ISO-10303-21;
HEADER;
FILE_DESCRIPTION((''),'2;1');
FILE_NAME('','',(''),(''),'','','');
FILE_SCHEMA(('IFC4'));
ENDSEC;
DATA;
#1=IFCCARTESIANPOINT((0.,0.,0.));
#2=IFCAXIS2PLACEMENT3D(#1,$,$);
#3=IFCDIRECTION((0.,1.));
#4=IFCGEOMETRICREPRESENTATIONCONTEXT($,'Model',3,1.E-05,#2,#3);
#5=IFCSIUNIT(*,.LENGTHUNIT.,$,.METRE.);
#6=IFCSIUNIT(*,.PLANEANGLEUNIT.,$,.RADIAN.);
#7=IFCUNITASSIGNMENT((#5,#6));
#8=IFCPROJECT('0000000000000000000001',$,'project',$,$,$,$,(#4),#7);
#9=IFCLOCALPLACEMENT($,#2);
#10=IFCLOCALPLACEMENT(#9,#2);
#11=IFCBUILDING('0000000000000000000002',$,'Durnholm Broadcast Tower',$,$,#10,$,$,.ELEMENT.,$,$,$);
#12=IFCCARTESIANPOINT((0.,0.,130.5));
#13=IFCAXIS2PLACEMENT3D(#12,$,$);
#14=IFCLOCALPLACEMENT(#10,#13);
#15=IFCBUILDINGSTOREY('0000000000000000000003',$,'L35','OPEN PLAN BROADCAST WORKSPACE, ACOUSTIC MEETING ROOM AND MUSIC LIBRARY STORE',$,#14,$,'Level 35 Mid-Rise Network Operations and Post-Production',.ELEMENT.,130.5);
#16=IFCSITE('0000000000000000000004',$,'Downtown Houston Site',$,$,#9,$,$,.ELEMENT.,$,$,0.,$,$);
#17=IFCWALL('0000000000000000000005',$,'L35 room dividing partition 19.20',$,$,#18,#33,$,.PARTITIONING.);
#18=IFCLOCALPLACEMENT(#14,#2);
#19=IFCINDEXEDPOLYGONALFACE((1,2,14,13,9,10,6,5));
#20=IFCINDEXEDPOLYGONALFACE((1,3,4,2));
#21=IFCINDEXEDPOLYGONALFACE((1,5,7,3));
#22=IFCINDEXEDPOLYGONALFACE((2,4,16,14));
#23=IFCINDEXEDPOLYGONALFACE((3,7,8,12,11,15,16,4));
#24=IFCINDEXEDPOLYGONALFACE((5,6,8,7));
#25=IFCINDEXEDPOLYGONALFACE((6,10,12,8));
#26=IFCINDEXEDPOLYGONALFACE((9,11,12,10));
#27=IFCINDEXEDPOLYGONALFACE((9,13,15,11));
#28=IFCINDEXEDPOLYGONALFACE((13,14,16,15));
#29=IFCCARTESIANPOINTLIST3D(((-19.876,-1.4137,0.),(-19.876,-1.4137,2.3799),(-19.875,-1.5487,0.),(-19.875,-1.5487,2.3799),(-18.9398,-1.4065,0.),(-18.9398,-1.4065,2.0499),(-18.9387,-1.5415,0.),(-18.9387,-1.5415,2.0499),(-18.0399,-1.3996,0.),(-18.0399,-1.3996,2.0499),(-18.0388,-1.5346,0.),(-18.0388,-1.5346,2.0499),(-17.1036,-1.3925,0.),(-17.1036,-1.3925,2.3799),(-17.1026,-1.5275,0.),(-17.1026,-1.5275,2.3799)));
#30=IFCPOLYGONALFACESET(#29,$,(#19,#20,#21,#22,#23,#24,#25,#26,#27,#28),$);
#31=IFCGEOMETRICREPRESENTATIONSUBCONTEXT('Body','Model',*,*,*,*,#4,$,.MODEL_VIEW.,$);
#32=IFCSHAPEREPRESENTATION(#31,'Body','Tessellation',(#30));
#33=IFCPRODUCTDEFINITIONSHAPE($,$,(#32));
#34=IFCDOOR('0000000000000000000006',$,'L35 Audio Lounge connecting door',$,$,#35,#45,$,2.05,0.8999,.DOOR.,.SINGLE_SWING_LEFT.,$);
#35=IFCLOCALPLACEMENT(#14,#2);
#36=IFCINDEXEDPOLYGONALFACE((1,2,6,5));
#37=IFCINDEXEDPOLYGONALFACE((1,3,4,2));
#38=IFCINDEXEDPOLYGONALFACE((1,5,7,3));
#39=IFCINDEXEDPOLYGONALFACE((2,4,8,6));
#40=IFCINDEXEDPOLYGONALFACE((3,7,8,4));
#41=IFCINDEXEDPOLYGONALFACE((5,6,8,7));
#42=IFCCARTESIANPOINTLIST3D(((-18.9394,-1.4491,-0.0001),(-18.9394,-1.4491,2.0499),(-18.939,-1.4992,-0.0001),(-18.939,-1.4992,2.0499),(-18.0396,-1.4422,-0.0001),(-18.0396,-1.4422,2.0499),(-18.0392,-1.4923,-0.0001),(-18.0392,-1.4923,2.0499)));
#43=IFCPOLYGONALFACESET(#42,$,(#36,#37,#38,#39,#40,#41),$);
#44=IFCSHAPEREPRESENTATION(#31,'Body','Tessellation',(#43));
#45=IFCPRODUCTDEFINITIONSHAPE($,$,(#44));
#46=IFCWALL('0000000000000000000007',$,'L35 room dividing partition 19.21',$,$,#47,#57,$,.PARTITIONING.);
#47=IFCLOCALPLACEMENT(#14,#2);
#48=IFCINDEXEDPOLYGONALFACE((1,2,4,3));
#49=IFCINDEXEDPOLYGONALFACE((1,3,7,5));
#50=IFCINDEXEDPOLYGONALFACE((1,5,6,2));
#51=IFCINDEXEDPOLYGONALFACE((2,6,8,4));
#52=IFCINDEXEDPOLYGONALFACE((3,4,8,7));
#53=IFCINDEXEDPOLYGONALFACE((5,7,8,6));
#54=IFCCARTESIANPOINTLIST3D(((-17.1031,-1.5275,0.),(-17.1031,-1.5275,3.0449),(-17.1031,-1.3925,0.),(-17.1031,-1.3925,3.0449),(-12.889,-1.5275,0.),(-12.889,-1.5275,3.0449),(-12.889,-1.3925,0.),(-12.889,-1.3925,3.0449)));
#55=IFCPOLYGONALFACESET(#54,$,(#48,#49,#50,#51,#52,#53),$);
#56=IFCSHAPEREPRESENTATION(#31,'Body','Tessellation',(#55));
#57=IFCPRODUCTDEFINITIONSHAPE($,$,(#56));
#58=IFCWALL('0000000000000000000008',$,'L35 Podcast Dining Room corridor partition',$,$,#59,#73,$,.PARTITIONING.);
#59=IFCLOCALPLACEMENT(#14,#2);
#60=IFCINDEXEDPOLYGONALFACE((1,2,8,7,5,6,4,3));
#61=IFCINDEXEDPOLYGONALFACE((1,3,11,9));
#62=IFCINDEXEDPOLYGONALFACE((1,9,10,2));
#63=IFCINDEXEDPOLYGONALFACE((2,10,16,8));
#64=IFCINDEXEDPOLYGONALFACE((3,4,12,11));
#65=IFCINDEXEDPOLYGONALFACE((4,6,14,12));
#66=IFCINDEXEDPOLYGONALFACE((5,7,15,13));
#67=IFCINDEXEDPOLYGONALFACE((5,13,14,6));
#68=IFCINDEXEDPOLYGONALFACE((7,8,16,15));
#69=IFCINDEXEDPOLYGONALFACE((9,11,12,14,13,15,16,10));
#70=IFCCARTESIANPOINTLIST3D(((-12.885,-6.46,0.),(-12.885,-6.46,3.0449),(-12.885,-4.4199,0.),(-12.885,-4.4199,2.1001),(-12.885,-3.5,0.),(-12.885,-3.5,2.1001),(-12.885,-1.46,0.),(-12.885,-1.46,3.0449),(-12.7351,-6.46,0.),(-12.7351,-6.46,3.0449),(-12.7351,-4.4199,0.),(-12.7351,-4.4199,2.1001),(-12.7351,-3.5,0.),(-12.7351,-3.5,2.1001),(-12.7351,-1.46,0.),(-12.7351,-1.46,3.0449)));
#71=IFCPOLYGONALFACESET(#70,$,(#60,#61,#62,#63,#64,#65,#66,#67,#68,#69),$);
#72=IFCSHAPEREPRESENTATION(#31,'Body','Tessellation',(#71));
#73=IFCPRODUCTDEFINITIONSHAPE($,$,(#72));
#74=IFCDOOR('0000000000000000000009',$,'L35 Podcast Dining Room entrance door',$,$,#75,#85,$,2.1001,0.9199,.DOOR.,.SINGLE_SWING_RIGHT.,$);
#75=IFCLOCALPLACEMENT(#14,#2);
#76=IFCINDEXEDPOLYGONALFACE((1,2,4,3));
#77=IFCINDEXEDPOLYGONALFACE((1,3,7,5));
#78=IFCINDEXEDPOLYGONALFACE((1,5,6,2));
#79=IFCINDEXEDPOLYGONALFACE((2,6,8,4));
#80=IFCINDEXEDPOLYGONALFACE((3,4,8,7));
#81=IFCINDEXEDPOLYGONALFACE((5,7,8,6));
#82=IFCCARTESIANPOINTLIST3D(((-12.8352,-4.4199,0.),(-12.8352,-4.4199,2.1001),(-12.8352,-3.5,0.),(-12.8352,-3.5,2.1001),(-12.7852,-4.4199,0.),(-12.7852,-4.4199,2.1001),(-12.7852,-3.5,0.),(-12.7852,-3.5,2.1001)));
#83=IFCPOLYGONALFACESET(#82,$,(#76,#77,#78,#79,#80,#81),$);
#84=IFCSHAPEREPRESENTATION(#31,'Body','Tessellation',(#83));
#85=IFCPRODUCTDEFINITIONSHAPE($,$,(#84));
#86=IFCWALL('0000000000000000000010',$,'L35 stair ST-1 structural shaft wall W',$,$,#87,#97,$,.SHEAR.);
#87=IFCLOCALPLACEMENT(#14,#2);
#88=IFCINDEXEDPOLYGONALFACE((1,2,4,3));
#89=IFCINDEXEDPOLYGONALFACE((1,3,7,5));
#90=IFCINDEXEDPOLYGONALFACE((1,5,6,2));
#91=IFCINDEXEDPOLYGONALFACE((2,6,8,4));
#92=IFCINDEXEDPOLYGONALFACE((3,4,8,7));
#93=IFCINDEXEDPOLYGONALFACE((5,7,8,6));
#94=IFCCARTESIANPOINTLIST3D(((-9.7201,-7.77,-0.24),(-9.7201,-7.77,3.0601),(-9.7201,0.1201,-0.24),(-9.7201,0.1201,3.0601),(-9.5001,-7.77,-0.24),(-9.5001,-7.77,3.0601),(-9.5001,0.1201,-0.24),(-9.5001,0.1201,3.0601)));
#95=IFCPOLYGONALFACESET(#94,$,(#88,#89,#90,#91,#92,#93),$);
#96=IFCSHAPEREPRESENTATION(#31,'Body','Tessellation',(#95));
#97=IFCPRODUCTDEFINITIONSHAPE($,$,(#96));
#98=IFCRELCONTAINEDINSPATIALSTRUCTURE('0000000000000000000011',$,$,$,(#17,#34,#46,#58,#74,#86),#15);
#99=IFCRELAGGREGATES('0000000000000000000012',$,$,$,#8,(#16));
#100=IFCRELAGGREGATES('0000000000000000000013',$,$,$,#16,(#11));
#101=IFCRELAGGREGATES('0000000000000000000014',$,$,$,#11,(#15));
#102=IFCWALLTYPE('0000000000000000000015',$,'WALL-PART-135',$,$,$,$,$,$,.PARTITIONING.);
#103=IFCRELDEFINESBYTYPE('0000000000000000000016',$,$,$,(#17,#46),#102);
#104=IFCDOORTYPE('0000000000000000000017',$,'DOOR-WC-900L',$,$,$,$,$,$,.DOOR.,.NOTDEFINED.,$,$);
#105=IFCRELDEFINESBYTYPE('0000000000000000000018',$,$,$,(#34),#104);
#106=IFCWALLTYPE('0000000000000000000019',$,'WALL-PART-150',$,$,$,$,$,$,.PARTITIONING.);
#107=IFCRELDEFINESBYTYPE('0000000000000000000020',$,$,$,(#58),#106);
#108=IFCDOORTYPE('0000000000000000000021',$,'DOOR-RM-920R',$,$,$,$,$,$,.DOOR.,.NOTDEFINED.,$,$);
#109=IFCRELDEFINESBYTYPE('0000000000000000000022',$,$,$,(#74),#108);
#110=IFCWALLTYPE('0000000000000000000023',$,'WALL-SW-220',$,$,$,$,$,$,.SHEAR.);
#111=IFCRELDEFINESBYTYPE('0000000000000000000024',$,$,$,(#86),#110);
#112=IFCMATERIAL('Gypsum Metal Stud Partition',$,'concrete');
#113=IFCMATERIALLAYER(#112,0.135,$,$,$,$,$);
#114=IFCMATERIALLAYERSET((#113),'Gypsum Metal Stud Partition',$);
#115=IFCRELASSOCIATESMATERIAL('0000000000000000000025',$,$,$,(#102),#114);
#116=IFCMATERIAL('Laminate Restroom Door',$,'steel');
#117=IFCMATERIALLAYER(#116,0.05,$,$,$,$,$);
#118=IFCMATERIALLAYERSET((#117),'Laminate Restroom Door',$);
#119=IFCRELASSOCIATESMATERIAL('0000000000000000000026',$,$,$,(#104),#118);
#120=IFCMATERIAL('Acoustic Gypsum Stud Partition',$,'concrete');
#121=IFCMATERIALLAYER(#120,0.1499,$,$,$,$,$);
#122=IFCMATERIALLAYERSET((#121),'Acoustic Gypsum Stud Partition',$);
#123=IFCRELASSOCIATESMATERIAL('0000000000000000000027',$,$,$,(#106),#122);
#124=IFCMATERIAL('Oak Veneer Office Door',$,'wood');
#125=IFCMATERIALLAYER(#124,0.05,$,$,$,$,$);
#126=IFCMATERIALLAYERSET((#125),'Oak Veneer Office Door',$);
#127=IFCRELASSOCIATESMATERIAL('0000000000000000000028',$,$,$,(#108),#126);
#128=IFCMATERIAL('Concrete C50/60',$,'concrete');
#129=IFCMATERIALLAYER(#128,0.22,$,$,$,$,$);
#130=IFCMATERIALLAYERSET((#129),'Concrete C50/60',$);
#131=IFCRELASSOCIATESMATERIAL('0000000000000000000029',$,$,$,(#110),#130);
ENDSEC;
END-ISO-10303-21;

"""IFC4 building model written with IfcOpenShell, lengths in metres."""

from ifc_helpers import new_model, si_unit, direction, frame, frame_2d, origin, place, context, subcontext, project, spatial, rectangle, extrude, source, transform, mapped, material, layer, layer_set, type_object, type_shapes, element, fill, save


model = new_model("IFC4")

# Units and contexts
model_context = context("Model", 3, precision=1e-05, world=origin(), true_north=direction((0.0, 1.0)))
body_context = subcontext(model_context, "Body", "Model", "MODEL_VIEW")
ifc_project = project(units=[si_unit("LENGTHUNIT", "METRE"), si_unit("PLANEANGLEUNIT", "RADIAN")], contexts=[model_context])

# Site, building, storey
site_placement = place(None, origin())
site = spatial("IfcSite", under=ifc_project, at=site_placement, Name="Downtown Houston Site", CompositionType="ELEMENT", RefElevation=0.0)
building_placement = place(site_placement, origin())
building = spatial("IfcBuilding", under=site, at=building_placement, Name="Durnholm Broadcast Tower", CompositionType="ELEMENT")
storey_placement = place(building_placement, frame((0.0, 0.0, 130.5)))
storey = spatial("IfcBuildingStorey", under=building, at=storey_placement, Name="L35", Description="OPEN PLAN BROADCAST WORKSPACE, ACOUSTIC MEETING ROOM AND MUSIC LIBRARY STORE", LongName="Level 35 Mid-Rise Network Operations and Post-Production", CompositionType="ELEMENT", Elevation=130.5)

# Shared definitions
ifc_material_1 = material(Name="Gypsum Metal Stud Partition", Category="concrete")
ifc_layer_1 = layer(ifc_material_1, 0.135)
ifc_layer_set_1 = layer_set([ifc_layer_1], Name="Gypsum Metal Stud Partition")
wall_type_1 = type_object("IfcWallType", Name="WALL-PART-135", PredefinedType="PARTITIONING", material=ifc_layer_set_1)

# Wall, opening, door
wall_1_placement = place(storey_placement, frame((-19.8755, -1.4812, 0.0), z_axis=(0.0, 0.0, 1.0), x_axis=(0.999971, 0.007661, 0.0)))
wall_1 = element("IfcWall", 1, at=wall_1_placement, inside=storey, type_object=wall_type_1, Name="L35 room dividing partition 19.20", PredefinedType="PARTITIONING", context=body_context, shape_type="SweptSolid", body=[
    extrude(rectangle(XDim=2.7725, YDim=0.135, at=frame_2d((1.3862, 0.0))), origin(), (0.0, 0.0, 1.0), 2.3799),
])
opening_1_placement = place(wall_1_placement, frame((0.9363, 0.0, 0.0)))
opening_1 = element("IfcOpeningElement", 2, at=opening_1_placement, cuts=wall_1, PredefinedType="OPENING", context=body_context, shape_type="SweptSolid", body=[
    extrude(rectangle(XDim=0.8999, YDim=2.05, at=frame_2d((0.45, 1.0249))), frame((0.0, 0.0776, 0.0), z_axis=(0.0, -1.0, 0.0), x_axis=(1.0, 0.0, 0.0)), (0.0, 0.0, 1.0), 0.155),
])
ifc_material_2 = material(Name="Laminate Restroom Door", Category="steel")
ifc_layer_2 = layer(ifc_material_2, 0.05)
ifc_layer_set_2 = layer_set([ifc_layer_2], Name="Laminate Restroom Door")
door_type_1 = type_object("IfcDoorType", Name="DOOR-WC-900L", OperationType="NOTDEFINED", PredefinedType="DOOR", material=ifc_layer_set_2)
shared_shape_1 = source(origin(), body_context, "Body", "SweptSolid", [
    extrude(rectangle(XDim=0.8999, YDim=2.05, at=frame_2d((0.45, 1.0249))), frame((0.0, 0.0249, 0.0), z_axis=(0.0, -1.0, 0.0), x_axis=(1.0, 0.0, 0.0)), (0.0, 0.0, 1.0), 0.05),
])
type_shapes(door_type_1, [shared_shape_1])
door_1_placement = place(opening_1_placement, origin())
door_1 = element("IfcDoor", 3, at=door_1_placement, inside=storey, type_object=door_type_1, Name="L35 Audio Lounge connecting door", OperationType="SINGLE_SWING_LEFT", OverallHeight=2.05, OverallWidth=0.8999, PredefinedType="DOOR", context=body_context, shape_type="MappedRepresentation", body=[
    mapped(shared_shape_1, transform((0.0, 0.0, 0.0), x_axis=(1.0, 0.0, 0.0), y_axis=(0.0, 1.0, 0.0), z_axis=(0.0, 0.0, 1.0), scale=1.0)),
])
fill(opening_1, door_1)

# Wall
wall_2_placement = place(storey_placement, frame((-17.103, -1.46, 0.0), z_axis=(0.0, 0.0, 1.0), x_axis=(1.0, 0.0, 0.0)))
element("IfcWall", 4, at=wall_2_placement, inside=storey, type_object=wall_type_1, Name="L35 room dividing partition 19.21", PredefinedType="PARTITIONING", context=body_context, shape_type="SweptSolid", body=[
    extrude(rectangle(XDim=4.2141, YDim=0.135, at=frame_2d((2.1069, 0.0))), origin(), (0.0, 0.0, 1.0), 3.0449),
])

# Wall, opening, door
ifc_material_3 = material(Name="Acoustic Gypsum Stud Partition", Category="concrete")
ifc_layer_3 = layer(ifc_material_3, 0.1499)
ifc_layer_set_3 = layer_set([ifc_layer_3], Name="Acoustic Gypsum Stud Partition")
wall_type_2 = type_object("IfcWallType", Name="WALL-PART-150", PredefinedType="PARTITIONING", material=ifc_layer_set_3)
wall_3_placement = place(storey_placement, frame((-12.8101, -1.46, 0.0), z_axis=(0.0, 0.0, 1.0), x_axis=(0.0, -1.0, 0.0)))
wall_3 = element("IfcWall", 5, at=wall_3_placement, inside=storey, type_object=wall_type_2, Name="L35 Podcast Dining Room corridor partition", PredefinedType="PARTITIONING", context=body_context, shape_type="SweptSolid", body=[
    extrude(rectangle(XDim=5.0, YDim=0.1499, at=frame_2d((2.5, 0.0))), origin(), (0.0, 0.0, 1.0), 3.0449),
])
opening_2_placement = place(wall_3_placement, frame((2.04, 0.0, 0.0)))
opening_2 = element("IfcOpeningElement", 6, at=opening_2_placement, cuts=wall_3, PredefinedType="OPENING", context=body_context, shape_type="SweptSolid", body=[
    extrude(rectangle(XDim=0.9199, YDim=2.1001, at=frame_2d((0.46, 1.05))), frame((0.0, 0.085, 0.0), z_axis=(0.0, -1.0, 0.0), x_axis=(1.0, 0.0, 0.0)), (0.0, 0.0, 1.0), 0.1699),
])
ifc_material_4 = material(Name="Oak Veneer Office Door", Category="wood")
ifc_layer_4 = layer(ifc_material_4, 0.05)
ifc_layer_set_4 = layer_set([ifc_layer_4], Name="Oak Veneer Office Door")
door_type_2 = type_object("IfcDoorType", Name="DOOR-RM-920R", OperationType="NOTDEFINED", PredefinedType="DOOR", material=ifc_layer_set_4)
shared_shape_2 = source(origin(), body_context, "Body", "SweptSolid", [
    extrude(rectangle(XDim=0.9199, YDim=2.1001, at=frame_2d((0.46, 1.05))), frame((0.0, 0.0249, 0.0), z_axis=(0.0, -1.0, 0.0), x_axis=(1.0, 0.0, 0.0)), (0.0, 0.0, 1.0), 0.05),
])
type_shapes(door_type_2, [shared_shape_2])
door_2_placement = place(opening_2_placement, origin())
door_2 = element("IfcDoor", 7, at=door_2_placement, inside=storey, type_object=door_type_2, Name="L35 Podcast Dining Room entrance door", OperationType="SINGLE_SWING_RIGHT", OverallHeight=2.1001, OverallWidth=0.9199, PredefinedType="DOOR", context=body_context, shape_type="MappedRepresentation", body=[
    mapped(shared_shape_2, transform((0.0, 0.0, 0.0), x_axis=(1.0, 0.0, 0.0), y_axis=(0.0, 1.0, 0.0), z_axis=(0.0, 0.0, 1.0), scale=1.0)),
])
fill(opening_2, door_2)

# Wall
ifc_material_5 = material(Name="Concrete C50/60", Category="concrete")
ifc_layer_5 = layer(ifc_material_5, 0.22)
ifc_layer_set_5 = layer_set([ifc_layer_5], Name="Concrete C50/60")
wall_type_3 = type_object("IfcWallType", Name="WALL-SW-220", PredefinedType="SHEAR", material=ifc_layer_set_5)
wall_4_placement = place(storey_placement, frame((-9.6101, 0.1201, -0.24), z_axis=(0.0, 0.0, 1.0), x_axis=(0.0, -1.0, 0.0)))
element("IfcWall", 8, at=wall_4_placement, inside=storey, type_object=wall_type_3, Name="L35 stair ST-1 structural shaft wall W", PredefinedType="SHEAR", context=body_context, shape_type="SweptSolid", body=[
    extrude(rectangle(XDim=7.8901, YDim=0.22, at=frame_2d((3.9451, 0.0))), origin(), (0.0, 0.0, 1.0), 3.3),
])

save(model, "model.ifc")
